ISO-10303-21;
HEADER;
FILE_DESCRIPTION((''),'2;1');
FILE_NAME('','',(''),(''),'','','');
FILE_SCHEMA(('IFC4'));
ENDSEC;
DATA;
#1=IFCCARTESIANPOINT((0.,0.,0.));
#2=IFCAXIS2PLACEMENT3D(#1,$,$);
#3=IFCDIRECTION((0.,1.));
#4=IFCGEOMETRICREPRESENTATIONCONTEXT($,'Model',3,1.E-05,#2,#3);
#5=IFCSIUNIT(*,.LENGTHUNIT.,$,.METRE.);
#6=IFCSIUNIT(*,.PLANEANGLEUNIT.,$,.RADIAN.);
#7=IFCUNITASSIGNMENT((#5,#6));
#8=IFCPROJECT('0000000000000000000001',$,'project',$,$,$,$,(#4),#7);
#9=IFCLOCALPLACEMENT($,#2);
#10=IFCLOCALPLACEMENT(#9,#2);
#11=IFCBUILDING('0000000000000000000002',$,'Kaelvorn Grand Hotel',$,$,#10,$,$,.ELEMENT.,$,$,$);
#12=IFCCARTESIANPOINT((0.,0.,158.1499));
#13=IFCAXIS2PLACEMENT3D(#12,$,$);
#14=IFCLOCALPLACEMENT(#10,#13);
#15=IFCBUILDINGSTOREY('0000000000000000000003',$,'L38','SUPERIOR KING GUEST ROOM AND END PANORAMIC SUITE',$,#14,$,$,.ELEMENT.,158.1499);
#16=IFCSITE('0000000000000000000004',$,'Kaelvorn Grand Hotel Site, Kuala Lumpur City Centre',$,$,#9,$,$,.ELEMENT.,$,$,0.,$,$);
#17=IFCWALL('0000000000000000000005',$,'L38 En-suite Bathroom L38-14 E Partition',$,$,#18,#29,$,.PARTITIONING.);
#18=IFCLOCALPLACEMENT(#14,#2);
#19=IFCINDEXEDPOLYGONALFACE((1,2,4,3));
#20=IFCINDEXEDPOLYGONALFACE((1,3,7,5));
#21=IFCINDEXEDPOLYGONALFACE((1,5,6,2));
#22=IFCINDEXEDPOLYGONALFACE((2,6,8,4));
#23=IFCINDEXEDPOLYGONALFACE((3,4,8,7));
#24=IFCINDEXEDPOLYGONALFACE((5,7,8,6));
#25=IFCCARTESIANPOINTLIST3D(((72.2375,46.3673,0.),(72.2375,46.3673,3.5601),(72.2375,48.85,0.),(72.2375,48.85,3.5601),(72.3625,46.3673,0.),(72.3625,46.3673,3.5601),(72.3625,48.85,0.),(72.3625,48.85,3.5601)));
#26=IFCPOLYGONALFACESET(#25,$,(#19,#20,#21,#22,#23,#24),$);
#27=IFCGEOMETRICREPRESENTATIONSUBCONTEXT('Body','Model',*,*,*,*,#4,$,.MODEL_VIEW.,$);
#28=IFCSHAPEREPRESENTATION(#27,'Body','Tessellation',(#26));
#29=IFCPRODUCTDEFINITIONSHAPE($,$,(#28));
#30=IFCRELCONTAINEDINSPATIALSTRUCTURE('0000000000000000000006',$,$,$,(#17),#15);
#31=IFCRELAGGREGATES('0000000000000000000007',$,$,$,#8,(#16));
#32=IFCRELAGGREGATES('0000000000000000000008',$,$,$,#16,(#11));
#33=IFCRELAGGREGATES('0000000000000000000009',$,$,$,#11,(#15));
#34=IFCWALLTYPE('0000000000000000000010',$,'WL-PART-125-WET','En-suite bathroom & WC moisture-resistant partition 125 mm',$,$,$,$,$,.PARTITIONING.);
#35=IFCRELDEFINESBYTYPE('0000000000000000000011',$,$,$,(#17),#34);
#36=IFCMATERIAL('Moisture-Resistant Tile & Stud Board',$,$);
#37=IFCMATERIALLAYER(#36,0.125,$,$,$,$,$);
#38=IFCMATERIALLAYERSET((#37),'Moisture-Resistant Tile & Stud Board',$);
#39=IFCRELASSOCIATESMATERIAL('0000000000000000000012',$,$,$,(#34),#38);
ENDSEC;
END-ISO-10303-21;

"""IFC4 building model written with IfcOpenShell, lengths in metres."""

from ifc_helpers import new_model, si_unit, direction, frame, frame_2d, origin, place, context, subcontext, project, spatial, rectangle, extrude, material, layer, layer_set, type_object, element, save


model = new_model("IFC4")

# Units and contexts
model_context = context("Model", 3, precision=1e-05, world=origin(), true_north=direction((0.0, 1.0)))
body_context = subcontext(model_context, "Body", "Model", "MODEL_VIEW")
ifc_project = project(units=[si_unit("LENGTHUNIT", "METRE"), si_unit("PLANEANGLEUNIT", "RADIAN")], contexts=[model_context])

# Site, building, storey
site_placement = place(None, origin())
site = spatial("IfcSite", under=ifc_project, at=site_placement, Name="Kaelvorn Grand Hotel Site, Kuala Lumpur City Centre", CompositionType="ELEMENT", RefElevation=0.0)
building_placement = place(site_placement, origin())
building = spatial("IfcBuilding", under=site, at=building_placement, Name="Kaelvorn Grand Hotel", CompositionType="ELEMENT")
storey_placement = place(building_placement, frame((0.0, 0.0, 158.1499)))
storey = spatial("IfcBuildingStorey", under=building, at=storey_placement, Name="L38", Description="SUPERIOR KING GUEST ROOM AND END PANORAMIC SUITE", CompositionType="ELEMENT", Elevation=158.1499)

# Shared definitions
ifc_material_1 = material(Name="Moisture-Resistant Tile & Stud Board")
ifc_layer_1 = layer(ifc_material_1, 0.125)
ifc_layer_set_1 = layer_set([ifc_layer_1], Name="Moisture-Resistant Tile & Stud Board")
wall_type_1 = type_object("IfcWallType", Name="WL-PART-125-WET", Description="En-suite bathroom & WC moisture-resistant partition 125 mm", PredefinedType="PARTITIONING", material=ifc_layer_set_1)

# Wall
wall_1_placement = place(storey_placement, frame((72.3, 46.3674, 0.0), z_axis=(0.0, 0.0, 1.0), x_axis=(0.0, 1.0, 0.0)))
element("IfcWall", 1, at=wall_1_placement, inside=storey, type_object=wall_type_1, Name="L38 En-suite Bathroom L38-14 E Partition", PredefinedType="PARTITIONING", context=body_context, shape_type="SweptSolid", body=[
    extrude(rectangle(XDim=2.4827, YDim=0.125, at=frame_2d((1.2412, 0.0))), origin(), (0.0, 0.0, 1.0), 3.5601),
])

save(model, "model.ifc")
